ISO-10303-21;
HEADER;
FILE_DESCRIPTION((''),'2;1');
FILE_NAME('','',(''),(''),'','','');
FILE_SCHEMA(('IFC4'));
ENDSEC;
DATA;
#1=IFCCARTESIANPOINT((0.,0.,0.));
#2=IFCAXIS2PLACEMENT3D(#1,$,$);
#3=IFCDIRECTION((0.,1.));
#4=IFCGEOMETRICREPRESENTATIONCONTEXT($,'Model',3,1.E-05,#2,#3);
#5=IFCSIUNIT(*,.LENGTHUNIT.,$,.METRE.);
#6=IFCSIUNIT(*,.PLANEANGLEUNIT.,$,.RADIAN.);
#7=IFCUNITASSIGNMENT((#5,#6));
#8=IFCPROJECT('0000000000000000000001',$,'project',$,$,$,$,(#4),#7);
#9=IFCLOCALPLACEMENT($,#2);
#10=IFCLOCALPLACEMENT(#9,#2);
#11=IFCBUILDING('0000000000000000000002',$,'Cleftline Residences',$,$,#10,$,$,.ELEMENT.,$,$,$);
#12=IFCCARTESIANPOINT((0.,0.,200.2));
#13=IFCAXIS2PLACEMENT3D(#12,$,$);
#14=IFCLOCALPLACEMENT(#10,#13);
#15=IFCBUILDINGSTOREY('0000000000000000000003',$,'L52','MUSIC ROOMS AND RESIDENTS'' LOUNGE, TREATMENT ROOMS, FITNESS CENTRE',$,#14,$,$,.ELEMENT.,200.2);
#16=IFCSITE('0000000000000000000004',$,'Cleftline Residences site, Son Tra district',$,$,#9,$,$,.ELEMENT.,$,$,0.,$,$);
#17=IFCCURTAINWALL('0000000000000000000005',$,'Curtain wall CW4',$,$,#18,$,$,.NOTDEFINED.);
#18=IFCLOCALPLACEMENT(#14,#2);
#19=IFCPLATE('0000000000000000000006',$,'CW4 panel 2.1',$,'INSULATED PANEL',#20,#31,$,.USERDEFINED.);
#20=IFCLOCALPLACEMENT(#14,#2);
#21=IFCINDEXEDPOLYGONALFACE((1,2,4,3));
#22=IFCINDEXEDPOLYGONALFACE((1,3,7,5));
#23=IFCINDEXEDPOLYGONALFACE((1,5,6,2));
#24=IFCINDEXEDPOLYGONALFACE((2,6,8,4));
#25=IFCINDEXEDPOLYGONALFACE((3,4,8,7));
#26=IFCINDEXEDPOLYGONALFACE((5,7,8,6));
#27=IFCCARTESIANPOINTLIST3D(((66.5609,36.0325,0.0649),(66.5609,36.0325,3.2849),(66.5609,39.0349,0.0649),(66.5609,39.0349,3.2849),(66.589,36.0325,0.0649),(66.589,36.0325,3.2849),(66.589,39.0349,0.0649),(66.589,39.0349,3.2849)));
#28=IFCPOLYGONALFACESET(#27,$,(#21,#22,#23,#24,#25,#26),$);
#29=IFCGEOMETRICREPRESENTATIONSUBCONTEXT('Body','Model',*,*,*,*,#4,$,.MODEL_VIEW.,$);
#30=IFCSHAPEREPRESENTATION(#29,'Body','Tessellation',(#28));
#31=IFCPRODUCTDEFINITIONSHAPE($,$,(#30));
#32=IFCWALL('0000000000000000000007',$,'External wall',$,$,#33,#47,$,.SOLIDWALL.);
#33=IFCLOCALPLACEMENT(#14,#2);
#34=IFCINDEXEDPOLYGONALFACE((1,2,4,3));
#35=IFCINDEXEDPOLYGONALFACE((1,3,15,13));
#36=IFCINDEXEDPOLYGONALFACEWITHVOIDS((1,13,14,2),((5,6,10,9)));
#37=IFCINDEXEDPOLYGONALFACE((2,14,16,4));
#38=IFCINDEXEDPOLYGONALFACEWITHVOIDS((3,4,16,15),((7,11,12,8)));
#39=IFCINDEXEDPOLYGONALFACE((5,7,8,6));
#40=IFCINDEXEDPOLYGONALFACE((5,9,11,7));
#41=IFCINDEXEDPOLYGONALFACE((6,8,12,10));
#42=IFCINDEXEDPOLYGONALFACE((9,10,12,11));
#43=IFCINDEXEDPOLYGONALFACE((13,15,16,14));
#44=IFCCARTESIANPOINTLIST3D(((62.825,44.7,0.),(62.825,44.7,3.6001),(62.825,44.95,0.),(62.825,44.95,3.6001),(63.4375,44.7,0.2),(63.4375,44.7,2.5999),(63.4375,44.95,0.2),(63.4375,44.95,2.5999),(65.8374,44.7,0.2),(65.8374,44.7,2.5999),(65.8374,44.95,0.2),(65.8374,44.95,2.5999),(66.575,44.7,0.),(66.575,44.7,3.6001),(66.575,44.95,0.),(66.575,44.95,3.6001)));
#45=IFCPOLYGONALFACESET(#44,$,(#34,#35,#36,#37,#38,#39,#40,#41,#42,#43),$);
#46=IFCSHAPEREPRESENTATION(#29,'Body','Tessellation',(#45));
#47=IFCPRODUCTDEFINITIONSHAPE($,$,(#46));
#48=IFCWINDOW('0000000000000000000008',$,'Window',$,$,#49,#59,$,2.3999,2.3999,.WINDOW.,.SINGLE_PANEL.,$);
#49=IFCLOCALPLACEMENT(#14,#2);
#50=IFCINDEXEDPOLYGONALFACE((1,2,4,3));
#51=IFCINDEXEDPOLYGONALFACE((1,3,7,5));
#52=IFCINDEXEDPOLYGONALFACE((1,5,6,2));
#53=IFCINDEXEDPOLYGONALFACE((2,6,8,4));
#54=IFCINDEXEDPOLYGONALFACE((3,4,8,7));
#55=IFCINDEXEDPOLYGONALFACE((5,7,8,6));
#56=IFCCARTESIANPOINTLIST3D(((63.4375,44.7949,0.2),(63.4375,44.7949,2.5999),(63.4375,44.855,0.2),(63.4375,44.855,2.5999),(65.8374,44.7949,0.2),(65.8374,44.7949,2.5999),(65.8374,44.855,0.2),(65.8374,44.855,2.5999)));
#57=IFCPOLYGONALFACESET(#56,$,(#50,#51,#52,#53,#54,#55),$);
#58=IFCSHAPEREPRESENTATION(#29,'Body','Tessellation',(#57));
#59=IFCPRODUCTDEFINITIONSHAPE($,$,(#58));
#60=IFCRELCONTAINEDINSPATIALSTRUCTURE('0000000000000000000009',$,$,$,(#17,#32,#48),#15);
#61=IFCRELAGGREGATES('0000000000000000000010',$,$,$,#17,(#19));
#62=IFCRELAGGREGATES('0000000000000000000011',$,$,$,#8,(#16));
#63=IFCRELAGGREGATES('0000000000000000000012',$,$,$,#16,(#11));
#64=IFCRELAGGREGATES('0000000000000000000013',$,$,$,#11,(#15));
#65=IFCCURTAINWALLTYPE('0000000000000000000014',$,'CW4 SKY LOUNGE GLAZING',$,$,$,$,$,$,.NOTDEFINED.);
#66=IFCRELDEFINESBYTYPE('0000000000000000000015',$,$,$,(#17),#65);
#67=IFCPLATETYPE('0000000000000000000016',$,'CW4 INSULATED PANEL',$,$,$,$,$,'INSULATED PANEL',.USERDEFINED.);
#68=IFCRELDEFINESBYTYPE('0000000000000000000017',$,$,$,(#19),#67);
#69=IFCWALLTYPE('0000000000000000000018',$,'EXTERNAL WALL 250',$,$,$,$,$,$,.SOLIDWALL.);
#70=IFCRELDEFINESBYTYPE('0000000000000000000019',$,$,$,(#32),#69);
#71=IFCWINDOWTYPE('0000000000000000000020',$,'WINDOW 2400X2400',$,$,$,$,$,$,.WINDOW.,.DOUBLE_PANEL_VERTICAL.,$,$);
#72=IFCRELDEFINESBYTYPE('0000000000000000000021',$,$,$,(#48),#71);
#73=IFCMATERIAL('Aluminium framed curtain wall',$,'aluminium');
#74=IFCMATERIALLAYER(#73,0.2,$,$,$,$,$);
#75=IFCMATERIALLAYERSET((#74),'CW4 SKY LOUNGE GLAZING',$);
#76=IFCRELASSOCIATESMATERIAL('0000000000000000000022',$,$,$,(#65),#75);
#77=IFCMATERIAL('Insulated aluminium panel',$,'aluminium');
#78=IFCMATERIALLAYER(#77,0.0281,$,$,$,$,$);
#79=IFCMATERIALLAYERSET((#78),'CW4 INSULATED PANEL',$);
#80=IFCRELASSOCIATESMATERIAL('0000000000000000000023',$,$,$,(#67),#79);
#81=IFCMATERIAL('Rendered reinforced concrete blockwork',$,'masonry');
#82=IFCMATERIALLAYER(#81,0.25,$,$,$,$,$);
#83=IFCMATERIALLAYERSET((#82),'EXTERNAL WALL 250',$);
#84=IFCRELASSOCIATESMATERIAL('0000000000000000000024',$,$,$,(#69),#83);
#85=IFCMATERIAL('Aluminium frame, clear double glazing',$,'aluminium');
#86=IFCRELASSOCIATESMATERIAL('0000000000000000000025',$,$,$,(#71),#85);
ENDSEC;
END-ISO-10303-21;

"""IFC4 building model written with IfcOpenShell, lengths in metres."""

from ifc_helpers import new_model, si_unit, direction, frame, frame_2d, origin, origin_2d, place, context, subcontext, project, spatial, rectangle, extrude, material, layer, layer_set, type_object, element, fill, aggregate, save


model = new_model("IFC4")

# Units and contexts
model_context = context("Model", 3, precision=1e-05, world=origin(), true_north=direction((0.0, 1.0)))
body_context = subcontext(model_context, "Body", "Model", "MODEL_VIEW")
ifc_project = project(units=[si_unit("LENGTHUNIT", "METRE"), si_unit("PLANEANGLEUNIT", "RADIAN")], contexts=[model_context])

# Site, building, storey
site_placement = place(None, origin())
site = spatial("IfcSite", under=ifc_project, at=site_placement, Name="Cleftline Residences site, Son Tra district", CompositionType="ELEMENT", RefElevation=0.0)
building_placement = place(site_placement, origin())
building = spatial("IfcBuilding", under=site, at=building_placement, Name="Cleftline Residences", CompositionType="ELEMENT")
storey_placement = place(building_placement, frame((0.0, 0.0, 200.2)))
storey = spatial("IfcBuildingStorey", under=building, at=storey_placement, Name="L52", Description="MUSIC ROOMS AND RESIDENTS' LOUNGE, TREATMENT ROOMS, FITNESS CENTRE", CompositionType="ELEMENT", Elevation=200.2)

# Curtain wall
ifc_material_1 = material(Name="Aluminium framed curtain wall", Category="aluminium")
ifc_layer_1 = layer(ifc_material_1, 0.2)
ifc_layer_set_1 = layer_set([ifc_layer_1], Name="CW4 SKY LOUNGE GLAZING")
curtain_wall_type = type_object("IfcCurtainWallType", Name="CW4 SKY LOUNGE GLAZING", PredefinedType="NOTDEFINED", material=ifc_layer_set_1)
curtain_wall_1_placement = place(storey_placement, origin())
curtain_wall_1 = element("IfcCurtainWall", 1, at=curtain_wall_1_placement, inside=storey, type_object=curtain_wall_type, Name="Curtain wall CW4", PredefinedType="NOTDEFINED")

# Plate
ifc_material_2 = material(Name="Insulated aluminium panel", Category="aluminium")
ifc_layer_2 = layer(ifc_material_2, 0.0281)
ifc_layer_set_2 = layer_set([ifc_layer_2], Name="CW4 INSULATED PANEL")
plate_type_1 = type_object("IfcPlateType", Name="CW4 INSULATED PANEL", ElementType="INSULATED PANEL", PredefinedType="USERDEFINED", material=ifc_layer_set_2)
plate_1_placement = place(storey_placement, frame((66.575, 37.5337, 0.0649), z_axis=(0.0, 0.0, 1.0), x_axis=(0.0, 1.0, 0.0)))
plate_1 = element("IfcPlate", 2, at=plate_1_placement, type_object=plate_type_1, Name="CW4 panel 2.1", ObjectType="INSULATED PANEL", PredefinedType="USERDEFINED", context=body_context, shape_type="SweptSolid", body=[
    extrude(rectangle(XDim=3.0024, YDim=0.0281, at=origin_2d()), origin(), (0.0, 0.0, 1.0), 3.22),
])
aggregate(curtain_wall_1, [plate_1])

# Wall, opening, window
ifc_material_3 = material(Name="Rendered reinforced concrete blockwork", Category="masonry")
ifc_layer_3 = layer(ifc_material_3, 0.25)
ifc_layer_set_3 = layer_set([ifc_layer_3], Name="EXTERNAL WALL 250")
wall_type = type_object("IfcWallType", Name="EXTERNAL WALL 250", PredefinedType="SOLIDWALL", material=ifc_layer_set_3)
wall_placement = place(storey_placement, frame((66.575, 44.825, 0.0), z_axis=(0.0, 0.0, 1.0), x_axis=(-1.0, 0.0, 0.0)))
wall = element("IfcWall", 3, at=wall_placement, inside=storey, type_object=wall_type, Name="External wall", PredefinedType="SOLIDWALL", context=body_context, shape_type="SweptSolid", body=[
    extrude(rectangle(XDim=3.75, YDim=0.25, at=frame_2d((1.875, 0.0))), origin(), (0.0, 0.0, 1.0), 3.6001),
])
opening_placement = place(wall_placement, frame((0.7375, 0.0, 0.2)))
opening = element("IfcOpeningElement", 4, at=opening_placement, cuts=wall, PredefinedType="OPENING", context=body_context, shape_type="SweptSolid", body=[
    extrude(rectangle(XDim=2.3999, YDim=2.3999, at=frame_2d((1.2, 1.2))), frame((0.0, 0.135, 0.0), z_axis=(0.0, -1.0, 0.0), x_axis=(1.0, 0.0, 0.0)), (0.0, 0.0, 1.0), 0.27),
])
ifc_material_4 = material(Name="Aluminium frame, clear double glazing", Category="aluminium")
window_type = type_object("IfcWindowType", Name="WINDOW 2400X2400", PartitioningType="DOUBLE_PANEL_VERTICAL", PredefinedType="WINDOW", material=ifc_material_4)
window_placement = place(opening_placement, origin())
window = element("IfcWindow", 5, at=window_placement, inside=storey, type_object=window_type, Name="Window", OverallHeight=2.3999, OverallWidth=2.3999, PartitioningType="SINGLE_PANEL", PredefinedType="WINDOW", context=body_context, shape_type="SweptSolid", body=[
    extrude(rectangle(XDim=2.3999, YDim=2.3999, at=frame_2d((1.2, 1.2))), frame((0.0, 0.03, 0.0), z_axis=(0.0, -1.0, 0.0), x_axis=(1.0, 0.0, 0.0)), (0.0, 0.0, 1.0), 0.0601),
])
fill(opening, window)

save(model, "model.ifc")
